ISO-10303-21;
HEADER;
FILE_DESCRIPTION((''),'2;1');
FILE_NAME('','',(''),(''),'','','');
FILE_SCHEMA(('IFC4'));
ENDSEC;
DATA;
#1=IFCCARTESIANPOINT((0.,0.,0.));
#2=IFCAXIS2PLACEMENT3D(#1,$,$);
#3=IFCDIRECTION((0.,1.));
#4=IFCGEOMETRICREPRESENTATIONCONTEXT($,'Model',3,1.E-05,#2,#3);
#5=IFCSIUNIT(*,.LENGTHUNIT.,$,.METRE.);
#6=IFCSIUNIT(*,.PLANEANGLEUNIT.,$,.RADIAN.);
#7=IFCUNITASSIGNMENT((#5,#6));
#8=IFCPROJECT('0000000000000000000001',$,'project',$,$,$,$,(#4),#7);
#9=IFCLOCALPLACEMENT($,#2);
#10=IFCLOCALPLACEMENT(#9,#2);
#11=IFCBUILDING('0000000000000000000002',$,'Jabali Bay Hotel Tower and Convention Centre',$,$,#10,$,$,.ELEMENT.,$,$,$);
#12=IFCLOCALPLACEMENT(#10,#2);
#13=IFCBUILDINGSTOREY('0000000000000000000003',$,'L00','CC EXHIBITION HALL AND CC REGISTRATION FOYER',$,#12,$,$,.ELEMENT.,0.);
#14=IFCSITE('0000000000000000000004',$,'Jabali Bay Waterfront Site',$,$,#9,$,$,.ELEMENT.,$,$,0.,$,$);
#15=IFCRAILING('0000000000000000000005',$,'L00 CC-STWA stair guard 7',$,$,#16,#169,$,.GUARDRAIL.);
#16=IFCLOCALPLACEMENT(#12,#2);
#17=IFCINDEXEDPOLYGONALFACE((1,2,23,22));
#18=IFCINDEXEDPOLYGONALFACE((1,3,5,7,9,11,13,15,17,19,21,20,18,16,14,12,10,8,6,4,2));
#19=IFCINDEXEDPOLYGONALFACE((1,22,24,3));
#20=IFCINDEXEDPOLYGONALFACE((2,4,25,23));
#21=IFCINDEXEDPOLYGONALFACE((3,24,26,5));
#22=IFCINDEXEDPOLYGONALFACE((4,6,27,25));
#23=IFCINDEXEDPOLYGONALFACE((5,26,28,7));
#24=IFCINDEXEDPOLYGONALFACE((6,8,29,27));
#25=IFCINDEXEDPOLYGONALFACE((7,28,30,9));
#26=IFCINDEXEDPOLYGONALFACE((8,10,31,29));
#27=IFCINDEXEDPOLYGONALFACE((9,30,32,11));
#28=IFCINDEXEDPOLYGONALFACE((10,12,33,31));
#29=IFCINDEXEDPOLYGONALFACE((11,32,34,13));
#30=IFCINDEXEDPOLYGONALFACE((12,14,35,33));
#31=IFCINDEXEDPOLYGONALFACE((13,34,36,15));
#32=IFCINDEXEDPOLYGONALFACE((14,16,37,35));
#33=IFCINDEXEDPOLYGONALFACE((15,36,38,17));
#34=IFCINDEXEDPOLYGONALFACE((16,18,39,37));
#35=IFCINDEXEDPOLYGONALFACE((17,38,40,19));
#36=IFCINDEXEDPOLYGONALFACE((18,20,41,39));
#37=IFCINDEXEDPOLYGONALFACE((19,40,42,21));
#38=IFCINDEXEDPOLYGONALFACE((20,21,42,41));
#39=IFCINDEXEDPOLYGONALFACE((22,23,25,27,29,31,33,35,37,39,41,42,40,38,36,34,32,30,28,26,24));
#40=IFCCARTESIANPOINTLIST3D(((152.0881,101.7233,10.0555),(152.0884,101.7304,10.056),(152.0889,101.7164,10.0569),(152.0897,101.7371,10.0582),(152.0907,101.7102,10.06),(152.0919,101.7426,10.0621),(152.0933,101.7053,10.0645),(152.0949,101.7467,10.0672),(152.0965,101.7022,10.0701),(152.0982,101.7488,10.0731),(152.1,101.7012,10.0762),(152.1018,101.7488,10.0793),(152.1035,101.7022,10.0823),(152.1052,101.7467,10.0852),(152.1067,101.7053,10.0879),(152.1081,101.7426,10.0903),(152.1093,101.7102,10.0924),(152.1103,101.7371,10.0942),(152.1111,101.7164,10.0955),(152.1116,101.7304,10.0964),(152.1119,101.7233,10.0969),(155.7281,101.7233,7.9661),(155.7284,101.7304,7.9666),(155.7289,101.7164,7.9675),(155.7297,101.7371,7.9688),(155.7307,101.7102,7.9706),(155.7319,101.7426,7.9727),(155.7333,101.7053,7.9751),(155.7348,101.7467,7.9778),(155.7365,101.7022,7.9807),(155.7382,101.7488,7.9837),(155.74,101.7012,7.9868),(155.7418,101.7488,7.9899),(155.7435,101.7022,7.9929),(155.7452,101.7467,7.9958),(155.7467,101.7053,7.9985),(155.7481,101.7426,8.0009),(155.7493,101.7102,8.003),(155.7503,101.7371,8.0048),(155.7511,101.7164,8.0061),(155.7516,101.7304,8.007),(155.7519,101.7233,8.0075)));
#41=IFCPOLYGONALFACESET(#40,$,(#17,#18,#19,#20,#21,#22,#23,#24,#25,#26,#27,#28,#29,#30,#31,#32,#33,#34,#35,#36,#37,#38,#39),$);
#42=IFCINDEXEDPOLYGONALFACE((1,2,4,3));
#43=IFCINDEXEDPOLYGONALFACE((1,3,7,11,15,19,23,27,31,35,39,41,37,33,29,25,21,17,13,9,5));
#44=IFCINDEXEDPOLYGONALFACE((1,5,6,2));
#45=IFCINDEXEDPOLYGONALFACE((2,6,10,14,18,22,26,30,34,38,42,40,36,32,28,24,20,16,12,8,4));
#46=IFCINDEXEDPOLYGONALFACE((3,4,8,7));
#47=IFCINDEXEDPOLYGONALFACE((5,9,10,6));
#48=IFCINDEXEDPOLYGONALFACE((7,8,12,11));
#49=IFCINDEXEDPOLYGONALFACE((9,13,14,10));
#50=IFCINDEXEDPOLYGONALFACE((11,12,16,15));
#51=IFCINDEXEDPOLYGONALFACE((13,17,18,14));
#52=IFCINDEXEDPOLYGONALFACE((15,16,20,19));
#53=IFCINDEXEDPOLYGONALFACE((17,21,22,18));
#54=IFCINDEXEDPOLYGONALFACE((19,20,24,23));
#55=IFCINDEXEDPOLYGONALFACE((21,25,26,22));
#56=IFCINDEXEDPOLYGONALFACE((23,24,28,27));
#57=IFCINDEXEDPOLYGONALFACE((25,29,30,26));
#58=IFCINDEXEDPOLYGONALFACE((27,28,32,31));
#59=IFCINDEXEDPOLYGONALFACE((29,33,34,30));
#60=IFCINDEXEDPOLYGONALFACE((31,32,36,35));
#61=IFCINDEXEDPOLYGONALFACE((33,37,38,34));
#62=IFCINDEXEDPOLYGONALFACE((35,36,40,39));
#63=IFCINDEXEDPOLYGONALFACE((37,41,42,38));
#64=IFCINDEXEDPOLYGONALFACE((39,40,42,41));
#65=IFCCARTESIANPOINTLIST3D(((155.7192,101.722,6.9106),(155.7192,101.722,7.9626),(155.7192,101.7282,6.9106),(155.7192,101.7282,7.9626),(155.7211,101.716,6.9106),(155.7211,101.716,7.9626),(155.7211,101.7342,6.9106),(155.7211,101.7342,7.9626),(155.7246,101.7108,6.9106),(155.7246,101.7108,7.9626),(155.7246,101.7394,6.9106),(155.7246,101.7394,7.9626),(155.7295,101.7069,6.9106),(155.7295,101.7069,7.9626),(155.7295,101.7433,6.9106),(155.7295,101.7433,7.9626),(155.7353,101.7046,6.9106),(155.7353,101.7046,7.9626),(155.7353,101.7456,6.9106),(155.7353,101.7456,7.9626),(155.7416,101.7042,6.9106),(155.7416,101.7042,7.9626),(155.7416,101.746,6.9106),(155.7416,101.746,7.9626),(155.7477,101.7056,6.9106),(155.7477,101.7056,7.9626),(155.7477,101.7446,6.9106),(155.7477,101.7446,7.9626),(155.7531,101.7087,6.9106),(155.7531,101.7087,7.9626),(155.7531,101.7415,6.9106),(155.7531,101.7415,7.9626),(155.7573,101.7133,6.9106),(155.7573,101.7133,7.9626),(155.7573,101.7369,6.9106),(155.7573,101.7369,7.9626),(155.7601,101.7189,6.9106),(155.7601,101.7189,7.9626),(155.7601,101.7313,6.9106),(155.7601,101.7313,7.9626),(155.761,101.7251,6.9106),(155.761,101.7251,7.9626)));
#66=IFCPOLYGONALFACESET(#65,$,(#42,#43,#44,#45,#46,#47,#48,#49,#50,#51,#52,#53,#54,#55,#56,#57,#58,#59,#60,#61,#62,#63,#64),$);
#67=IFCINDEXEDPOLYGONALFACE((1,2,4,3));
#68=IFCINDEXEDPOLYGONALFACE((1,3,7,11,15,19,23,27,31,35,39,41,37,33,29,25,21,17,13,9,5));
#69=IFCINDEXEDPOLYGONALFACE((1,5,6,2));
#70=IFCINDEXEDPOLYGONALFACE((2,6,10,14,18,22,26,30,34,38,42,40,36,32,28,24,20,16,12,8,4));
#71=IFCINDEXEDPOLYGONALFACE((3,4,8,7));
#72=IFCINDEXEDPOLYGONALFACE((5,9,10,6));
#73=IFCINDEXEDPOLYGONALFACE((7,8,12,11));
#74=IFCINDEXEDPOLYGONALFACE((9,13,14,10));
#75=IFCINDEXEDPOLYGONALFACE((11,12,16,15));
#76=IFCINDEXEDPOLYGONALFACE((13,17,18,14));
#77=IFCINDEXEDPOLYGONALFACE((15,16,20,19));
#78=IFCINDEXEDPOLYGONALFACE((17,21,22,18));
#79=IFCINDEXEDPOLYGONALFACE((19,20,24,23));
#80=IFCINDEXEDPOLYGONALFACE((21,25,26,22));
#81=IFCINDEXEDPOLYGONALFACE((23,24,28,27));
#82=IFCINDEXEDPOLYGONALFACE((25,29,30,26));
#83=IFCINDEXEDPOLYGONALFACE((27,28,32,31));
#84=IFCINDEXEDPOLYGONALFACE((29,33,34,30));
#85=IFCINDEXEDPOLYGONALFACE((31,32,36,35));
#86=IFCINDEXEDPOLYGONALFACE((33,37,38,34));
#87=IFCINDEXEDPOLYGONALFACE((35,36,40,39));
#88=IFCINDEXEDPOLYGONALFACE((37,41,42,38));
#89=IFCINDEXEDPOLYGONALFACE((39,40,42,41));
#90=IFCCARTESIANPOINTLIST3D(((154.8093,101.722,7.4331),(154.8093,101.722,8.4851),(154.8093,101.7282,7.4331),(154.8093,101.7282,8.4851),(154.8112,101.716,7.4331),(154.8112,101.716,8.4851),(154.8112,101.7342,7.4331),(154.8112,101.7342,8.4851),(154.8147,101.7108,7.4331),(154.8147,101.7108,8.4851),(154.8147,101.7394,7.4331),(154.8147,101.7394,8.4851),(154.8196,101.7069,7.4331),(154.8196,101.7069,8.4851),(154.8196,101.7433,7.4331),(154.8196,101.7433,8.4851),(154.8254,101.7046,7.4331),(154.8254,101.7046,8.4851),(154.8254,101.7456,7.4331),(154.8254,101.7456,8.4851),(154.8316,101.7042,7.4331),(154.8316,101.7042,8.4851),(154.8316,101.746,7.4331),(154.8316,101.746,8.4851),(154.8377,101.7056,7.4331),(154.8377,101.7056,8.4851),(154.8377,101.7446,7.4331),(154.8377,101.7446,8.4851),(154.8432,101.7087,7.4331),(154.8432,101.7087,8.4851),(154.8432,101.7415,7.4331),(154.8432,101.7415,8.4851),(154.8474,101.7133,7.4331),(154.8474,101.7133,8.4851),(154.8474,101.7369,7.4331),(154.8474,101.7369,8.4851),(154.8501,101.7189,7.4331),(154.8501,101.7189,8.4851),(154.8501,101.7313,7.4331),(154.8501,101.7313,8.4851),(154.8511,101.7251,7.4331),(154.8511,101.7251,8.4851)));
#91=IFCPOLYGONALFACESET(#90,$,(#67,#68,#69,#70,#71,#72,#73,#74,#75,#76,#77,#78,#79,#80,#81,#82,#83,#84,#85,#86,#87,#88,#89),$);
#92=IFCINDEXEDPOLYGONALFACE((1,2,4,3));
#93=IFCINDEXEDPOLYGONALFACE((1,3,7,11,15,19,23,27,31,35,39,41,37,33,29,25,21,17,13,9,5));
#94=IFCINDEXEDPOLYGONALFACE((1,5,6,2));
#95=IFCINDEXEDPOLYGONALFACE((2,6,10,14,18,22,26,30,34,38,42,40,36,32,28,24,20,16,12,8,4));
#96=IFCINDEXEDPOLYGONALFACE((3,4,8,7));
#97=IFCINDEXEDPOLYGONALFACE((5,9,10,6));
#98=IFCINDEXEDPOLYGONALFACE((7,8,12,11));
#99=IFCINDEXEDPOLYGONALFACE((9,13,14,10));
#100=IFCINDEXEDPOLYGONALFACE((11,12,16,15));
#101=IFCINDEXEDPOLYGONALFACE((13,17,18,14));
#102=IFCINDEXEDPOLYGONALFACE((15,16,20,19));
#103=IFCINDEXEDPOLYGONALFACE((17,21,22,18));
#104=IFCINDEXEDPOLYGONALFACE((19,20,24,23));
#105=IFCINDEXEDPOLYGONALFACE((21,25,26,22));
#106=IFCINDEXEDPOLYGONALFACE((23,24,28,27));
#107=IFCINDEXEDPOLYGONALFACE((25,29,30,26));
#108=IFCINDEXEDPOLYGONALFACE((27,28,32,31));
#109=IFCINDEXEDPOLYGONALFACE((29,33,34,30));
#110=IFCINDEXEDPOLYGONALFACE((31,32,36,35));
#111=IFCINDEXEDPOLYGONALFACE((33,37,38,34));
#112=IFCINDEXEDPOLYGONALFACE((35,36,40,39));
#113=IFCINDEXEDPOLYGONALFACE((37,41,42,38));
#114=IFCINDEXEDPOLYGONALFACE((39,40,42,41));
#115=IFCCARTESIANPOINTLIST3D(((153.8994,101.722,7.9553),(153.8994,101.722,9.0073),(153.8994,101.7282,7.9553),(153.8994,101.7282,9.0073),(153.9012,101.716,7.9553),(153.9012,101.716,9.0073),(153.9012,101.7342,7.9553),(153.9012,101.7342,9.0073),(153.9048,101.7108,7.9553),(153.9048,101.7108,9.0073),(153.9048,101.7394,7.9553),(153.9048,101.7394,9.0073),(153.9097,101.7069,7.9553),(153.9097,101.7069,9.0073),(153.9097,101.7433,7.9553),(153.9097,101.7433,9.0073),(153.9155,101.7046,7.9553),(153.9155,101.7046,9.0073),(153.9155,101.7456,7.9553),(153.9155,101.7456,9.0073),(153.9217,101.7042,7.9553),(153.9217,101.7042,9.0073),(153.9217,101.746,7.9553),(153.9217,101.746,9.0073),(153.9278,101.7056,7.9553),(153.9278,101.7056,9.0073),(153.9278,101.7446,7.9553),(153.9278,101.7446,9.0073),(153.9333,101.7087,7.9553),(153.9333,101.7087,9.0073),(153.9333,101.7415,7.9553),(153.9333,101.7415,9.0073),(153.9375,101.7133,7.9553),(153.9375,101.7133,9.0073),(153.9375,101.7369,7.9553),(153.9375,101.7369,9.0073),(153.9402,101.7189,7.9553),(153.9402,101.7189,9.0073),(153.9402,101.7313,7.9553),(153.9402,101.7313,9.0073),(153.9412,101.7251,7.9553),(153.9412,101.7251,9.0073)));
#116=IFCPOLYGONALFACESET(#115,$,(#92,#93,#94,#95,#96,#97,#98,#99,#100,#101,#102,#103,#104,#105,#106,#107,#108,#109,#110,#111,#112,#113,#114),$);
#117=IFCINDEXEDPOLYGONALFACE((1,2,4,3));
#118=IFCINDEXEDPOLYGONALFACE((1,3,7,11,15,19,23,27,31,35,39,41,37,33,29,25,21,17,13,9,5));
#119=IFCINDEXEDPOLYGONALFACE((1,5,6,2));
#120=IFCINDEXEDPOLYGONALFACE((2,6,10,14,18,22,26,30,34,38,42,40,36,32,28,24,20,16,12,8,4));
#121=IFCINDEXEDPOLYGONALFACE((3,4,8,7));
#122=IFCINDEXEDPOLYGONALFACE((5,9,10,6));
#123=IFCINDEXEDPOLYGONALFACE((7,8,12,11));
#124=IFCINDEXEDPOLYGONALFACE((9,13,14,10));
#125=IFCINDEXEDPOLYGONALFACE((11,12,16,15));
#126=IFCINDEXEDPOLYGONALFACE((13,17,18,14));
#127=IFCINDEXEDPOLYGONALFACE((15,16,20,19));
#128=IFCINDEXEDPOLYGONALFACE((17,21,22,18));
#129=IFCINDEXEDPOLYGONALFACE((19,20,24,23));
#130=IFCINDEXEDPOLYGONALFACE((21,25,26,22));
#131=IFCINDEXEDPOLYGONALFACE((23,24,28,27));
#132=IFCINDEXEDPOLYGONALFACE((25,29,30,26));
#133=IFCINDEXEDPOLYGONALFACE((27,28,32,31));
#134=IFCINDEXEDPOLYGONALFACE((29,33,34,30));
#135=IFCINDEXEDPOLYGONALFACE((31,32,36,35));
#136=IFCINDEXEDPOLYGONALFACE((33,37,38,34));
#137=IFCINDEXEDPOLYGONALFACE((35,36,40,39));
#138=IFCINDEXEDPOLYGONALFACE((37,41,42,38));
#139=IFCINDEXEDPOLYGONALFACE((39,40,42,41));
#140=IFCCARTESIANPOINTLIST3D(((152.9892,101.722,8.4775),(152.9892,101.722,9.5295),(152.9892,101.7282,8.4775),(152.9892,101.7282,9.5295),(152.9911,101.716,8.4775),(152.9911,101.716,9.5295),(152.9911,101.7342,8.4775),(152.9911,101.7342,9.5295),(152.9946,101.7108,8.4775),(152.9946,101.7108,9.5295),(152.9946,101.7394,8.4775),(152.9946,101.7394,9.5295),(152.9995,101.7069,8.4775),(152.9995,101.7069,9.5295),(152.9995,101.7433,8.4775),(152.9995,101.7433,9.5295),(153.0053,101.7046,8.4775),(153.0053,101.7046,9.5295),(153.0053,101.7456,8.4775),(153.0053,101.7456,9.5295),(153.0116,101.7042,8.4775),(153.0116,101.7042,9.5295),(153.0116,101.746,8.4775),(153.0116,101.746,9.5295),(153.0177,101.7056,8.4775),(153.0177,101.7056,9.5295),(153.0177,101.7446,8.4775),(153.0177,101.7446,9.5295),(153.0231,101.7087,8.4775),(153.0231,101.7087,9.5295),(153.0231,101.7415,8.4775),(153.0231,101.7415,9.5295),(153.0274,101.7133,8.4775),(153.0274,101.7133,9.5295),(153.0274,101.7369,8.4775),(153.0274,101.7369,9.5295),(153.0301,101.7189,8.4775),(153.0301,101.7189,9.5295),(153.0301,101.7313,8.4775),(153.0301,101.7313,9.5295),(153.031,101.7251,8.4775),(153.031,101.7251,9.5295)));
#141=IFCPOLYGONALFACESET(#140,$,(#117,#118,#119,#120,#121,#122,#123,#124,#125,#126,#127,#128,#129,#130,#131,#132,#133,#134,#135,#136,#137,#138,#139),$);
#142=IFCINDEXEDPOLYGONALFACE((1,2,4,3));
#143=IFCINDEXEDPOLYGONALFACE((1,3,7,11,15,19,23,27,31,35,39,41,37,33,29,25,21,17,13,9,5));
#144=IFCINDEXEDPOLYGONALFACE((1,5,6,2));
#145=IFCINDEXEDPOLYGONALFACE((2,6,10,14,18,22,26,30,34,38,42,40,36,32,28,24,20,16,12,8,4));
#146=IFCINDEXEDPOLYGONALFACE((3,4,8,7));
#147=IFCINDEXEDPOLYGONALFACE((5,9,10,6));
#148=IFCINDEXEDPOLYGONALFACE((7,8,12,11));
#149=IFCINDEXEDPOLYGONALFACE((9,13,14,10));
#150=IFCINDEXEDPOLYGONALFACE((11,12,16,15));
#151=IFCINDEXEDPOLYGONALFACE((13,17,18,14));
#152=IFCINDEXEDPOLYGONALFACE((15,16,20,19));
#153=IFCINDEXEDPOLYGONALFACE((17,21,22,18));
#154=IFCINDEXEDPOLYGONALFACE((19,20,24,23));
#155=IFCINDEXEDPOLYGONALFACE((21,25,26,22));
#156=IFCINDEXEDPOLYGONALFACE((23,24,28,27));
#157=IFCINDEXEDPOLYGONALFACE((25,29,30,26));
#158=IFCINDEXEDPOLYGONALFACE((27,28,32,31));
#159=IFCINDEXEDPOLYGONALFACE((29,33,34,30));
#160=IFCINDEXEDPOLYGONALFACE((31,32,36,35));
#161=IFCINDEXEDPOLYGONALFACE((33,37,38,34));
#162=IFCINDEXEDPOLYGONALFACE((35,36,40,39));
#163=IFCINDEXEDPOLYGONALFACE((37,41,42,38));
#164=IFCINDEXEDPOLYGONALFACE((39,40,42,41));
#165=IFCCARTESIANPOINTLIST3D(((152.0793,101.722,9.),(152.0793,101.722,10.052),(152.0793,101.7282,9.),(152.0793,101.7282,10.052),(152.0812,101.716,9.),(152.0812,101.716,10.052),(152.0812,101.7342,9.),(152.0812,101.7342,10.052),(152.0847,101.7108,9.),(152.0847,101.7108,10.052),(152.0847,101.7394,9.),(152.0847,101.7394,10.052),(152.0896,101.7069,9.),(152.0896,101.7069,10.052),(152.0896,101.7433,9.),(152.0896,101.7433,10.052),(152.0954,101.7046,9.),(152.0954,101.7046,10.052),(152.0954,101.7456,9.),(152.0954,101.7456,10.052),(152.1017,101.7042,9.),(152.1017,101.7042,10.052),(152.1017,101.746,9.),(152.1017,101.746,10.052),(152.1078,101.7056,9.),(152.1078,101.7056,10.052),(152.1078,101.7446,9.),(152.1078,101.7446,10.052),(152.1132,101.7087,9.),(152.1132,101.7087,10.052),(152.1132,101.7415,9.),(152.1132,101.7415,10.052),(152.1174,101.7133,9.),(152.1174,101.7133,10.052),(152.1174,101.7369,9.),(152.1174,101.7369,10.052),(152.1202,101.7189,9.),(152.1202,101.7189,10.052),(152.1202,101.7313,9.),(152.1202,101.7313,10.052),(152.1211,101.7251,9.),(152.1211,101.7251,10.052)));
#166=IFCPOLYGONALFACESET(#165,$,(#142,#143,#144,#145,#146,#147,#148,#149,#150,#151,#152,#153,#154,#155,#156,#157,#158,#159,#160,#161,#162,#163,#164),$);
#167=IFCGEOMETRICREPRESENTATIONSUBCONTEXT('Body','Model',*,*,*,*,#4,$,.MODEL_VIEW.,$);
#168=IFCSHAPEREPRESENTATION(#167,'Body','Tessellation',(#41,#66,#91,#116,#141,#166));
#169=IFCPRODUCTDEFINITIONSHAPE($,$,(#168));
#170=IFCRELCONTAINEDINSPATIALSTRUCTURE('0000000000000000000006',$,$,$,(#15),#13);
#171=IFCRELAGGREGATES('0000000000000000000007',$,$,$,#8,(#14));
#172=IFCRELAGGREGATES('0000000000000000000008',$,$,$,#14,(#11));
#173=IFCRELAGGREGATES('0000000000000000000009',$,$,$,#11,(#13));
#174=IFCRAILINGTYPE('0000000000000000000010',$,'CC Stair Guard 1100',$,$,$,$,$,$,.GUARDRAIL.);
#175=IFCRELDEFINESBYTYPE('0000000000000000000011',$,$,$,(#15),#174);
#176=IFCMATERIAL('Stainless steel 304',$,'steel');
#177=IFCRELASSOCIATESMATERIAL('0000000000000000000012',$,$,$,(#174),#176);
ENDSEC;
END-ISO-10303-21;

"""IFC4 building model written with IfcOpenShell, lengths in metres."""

from ifc_helpers import new_model, si_unit, direction, frame, origin, origin_2d, place, context, subcontext, project, spatial, circle, extrude, material, type_object, element, save


model = new_model("IFC4")

# Units and contexts
model_context = context("Model", 3, precision=1e-05, world=origin(), true_north=direction((0.0, 1.0)))
body_context = subcontext(model_context, "Body", "Model", "MODEL_VIEW")
ifc_project = project(units=[si_unit("LENGTHUNIT", "METRE"), si_unit("PLANEANGLEUNIT", "RADIAN")], contexts=[model_context])

# Site, building, storey
site_placement = place(None, origin())
site = spatial("IfcSite", under=ifc_project, at=site_placement, Name="Jabali Bay Waterfront Site", CompositionType="ELEMENT", RefElevation=0.0)
building_placement = place(site_placement, origin())
building = spatial("IfcBuilding", under=site, at=building_placement, Name="Jabali Bay Hotel Tower and Convention Centre", CompositionType="ELEMENT")
storey_placement = place(building_placement, origin())
storey = spatial("IfcBuildingStorey", under=building, at=storey_placement, Name="L00", Description="CC EXHIBITION HALL AND CC REGISTRATION FOYER", CompositionType="ELEMENT", Elevation=0.0)

# Railing
ifc_material_1 = material(Name="Stainless steel 304", Category="steel")
railing_type_1 = type_object("IfcRailingType", Name="CC Stair Guard 1100", PredefinedType="GUARDRAIL", material=ifc_material_1)
railing_1_placement = place(storey_placement, frame((155.74, 101.7251, 6.9106)))
element("IfcRailing", 1, at=railing_1_placement, inside=storey, type_object=railing_type_1, Name="L00 CC-STWA stair guard 7", PredefinedType="GUARDRAIL", context=body_context, shape_type="SweptSolid", body=[
    extrude(circle(Radius=0.0239, at=origin_2d()), frame((0.0, 0.0, 1.0762), z_axis=(-0.867275, 0.0, 0.497829), x_axis=(0.0, -1.0, 0.0)), (0.0, 0.0, 1.0), 4.197),
    extrude(circle(Radius=0.021, at=origin_2d()), origin(), (0.0, 0.0, 1.0), 1.052),
    extrude(circle(Radius=0.021, at=origin_2d()), frame((-0.9099, 0.0, 0.5225)), (0.0, 0.0, 1.0), 1.052),
    extrude(circle(Radius=0.021, at=origin_2d()), frame((-1.8198, 0.0, 1.0447)), (0.0, 0.0, 1.0), 1.052),
    extrude(circle(Radius=0.021, at=origin_2d()), frame((-2.73, 0.0, 1.5669)), (0.0, 0.0, 1.0), 1.052),
    extrude(circle(Radius=0.021, at=origin_2d()), frame((-3.6399, 0.0, 2.0894)), (0.0, 0.0, 1.0), 1.052),
])

save(model, "model.ifc")
